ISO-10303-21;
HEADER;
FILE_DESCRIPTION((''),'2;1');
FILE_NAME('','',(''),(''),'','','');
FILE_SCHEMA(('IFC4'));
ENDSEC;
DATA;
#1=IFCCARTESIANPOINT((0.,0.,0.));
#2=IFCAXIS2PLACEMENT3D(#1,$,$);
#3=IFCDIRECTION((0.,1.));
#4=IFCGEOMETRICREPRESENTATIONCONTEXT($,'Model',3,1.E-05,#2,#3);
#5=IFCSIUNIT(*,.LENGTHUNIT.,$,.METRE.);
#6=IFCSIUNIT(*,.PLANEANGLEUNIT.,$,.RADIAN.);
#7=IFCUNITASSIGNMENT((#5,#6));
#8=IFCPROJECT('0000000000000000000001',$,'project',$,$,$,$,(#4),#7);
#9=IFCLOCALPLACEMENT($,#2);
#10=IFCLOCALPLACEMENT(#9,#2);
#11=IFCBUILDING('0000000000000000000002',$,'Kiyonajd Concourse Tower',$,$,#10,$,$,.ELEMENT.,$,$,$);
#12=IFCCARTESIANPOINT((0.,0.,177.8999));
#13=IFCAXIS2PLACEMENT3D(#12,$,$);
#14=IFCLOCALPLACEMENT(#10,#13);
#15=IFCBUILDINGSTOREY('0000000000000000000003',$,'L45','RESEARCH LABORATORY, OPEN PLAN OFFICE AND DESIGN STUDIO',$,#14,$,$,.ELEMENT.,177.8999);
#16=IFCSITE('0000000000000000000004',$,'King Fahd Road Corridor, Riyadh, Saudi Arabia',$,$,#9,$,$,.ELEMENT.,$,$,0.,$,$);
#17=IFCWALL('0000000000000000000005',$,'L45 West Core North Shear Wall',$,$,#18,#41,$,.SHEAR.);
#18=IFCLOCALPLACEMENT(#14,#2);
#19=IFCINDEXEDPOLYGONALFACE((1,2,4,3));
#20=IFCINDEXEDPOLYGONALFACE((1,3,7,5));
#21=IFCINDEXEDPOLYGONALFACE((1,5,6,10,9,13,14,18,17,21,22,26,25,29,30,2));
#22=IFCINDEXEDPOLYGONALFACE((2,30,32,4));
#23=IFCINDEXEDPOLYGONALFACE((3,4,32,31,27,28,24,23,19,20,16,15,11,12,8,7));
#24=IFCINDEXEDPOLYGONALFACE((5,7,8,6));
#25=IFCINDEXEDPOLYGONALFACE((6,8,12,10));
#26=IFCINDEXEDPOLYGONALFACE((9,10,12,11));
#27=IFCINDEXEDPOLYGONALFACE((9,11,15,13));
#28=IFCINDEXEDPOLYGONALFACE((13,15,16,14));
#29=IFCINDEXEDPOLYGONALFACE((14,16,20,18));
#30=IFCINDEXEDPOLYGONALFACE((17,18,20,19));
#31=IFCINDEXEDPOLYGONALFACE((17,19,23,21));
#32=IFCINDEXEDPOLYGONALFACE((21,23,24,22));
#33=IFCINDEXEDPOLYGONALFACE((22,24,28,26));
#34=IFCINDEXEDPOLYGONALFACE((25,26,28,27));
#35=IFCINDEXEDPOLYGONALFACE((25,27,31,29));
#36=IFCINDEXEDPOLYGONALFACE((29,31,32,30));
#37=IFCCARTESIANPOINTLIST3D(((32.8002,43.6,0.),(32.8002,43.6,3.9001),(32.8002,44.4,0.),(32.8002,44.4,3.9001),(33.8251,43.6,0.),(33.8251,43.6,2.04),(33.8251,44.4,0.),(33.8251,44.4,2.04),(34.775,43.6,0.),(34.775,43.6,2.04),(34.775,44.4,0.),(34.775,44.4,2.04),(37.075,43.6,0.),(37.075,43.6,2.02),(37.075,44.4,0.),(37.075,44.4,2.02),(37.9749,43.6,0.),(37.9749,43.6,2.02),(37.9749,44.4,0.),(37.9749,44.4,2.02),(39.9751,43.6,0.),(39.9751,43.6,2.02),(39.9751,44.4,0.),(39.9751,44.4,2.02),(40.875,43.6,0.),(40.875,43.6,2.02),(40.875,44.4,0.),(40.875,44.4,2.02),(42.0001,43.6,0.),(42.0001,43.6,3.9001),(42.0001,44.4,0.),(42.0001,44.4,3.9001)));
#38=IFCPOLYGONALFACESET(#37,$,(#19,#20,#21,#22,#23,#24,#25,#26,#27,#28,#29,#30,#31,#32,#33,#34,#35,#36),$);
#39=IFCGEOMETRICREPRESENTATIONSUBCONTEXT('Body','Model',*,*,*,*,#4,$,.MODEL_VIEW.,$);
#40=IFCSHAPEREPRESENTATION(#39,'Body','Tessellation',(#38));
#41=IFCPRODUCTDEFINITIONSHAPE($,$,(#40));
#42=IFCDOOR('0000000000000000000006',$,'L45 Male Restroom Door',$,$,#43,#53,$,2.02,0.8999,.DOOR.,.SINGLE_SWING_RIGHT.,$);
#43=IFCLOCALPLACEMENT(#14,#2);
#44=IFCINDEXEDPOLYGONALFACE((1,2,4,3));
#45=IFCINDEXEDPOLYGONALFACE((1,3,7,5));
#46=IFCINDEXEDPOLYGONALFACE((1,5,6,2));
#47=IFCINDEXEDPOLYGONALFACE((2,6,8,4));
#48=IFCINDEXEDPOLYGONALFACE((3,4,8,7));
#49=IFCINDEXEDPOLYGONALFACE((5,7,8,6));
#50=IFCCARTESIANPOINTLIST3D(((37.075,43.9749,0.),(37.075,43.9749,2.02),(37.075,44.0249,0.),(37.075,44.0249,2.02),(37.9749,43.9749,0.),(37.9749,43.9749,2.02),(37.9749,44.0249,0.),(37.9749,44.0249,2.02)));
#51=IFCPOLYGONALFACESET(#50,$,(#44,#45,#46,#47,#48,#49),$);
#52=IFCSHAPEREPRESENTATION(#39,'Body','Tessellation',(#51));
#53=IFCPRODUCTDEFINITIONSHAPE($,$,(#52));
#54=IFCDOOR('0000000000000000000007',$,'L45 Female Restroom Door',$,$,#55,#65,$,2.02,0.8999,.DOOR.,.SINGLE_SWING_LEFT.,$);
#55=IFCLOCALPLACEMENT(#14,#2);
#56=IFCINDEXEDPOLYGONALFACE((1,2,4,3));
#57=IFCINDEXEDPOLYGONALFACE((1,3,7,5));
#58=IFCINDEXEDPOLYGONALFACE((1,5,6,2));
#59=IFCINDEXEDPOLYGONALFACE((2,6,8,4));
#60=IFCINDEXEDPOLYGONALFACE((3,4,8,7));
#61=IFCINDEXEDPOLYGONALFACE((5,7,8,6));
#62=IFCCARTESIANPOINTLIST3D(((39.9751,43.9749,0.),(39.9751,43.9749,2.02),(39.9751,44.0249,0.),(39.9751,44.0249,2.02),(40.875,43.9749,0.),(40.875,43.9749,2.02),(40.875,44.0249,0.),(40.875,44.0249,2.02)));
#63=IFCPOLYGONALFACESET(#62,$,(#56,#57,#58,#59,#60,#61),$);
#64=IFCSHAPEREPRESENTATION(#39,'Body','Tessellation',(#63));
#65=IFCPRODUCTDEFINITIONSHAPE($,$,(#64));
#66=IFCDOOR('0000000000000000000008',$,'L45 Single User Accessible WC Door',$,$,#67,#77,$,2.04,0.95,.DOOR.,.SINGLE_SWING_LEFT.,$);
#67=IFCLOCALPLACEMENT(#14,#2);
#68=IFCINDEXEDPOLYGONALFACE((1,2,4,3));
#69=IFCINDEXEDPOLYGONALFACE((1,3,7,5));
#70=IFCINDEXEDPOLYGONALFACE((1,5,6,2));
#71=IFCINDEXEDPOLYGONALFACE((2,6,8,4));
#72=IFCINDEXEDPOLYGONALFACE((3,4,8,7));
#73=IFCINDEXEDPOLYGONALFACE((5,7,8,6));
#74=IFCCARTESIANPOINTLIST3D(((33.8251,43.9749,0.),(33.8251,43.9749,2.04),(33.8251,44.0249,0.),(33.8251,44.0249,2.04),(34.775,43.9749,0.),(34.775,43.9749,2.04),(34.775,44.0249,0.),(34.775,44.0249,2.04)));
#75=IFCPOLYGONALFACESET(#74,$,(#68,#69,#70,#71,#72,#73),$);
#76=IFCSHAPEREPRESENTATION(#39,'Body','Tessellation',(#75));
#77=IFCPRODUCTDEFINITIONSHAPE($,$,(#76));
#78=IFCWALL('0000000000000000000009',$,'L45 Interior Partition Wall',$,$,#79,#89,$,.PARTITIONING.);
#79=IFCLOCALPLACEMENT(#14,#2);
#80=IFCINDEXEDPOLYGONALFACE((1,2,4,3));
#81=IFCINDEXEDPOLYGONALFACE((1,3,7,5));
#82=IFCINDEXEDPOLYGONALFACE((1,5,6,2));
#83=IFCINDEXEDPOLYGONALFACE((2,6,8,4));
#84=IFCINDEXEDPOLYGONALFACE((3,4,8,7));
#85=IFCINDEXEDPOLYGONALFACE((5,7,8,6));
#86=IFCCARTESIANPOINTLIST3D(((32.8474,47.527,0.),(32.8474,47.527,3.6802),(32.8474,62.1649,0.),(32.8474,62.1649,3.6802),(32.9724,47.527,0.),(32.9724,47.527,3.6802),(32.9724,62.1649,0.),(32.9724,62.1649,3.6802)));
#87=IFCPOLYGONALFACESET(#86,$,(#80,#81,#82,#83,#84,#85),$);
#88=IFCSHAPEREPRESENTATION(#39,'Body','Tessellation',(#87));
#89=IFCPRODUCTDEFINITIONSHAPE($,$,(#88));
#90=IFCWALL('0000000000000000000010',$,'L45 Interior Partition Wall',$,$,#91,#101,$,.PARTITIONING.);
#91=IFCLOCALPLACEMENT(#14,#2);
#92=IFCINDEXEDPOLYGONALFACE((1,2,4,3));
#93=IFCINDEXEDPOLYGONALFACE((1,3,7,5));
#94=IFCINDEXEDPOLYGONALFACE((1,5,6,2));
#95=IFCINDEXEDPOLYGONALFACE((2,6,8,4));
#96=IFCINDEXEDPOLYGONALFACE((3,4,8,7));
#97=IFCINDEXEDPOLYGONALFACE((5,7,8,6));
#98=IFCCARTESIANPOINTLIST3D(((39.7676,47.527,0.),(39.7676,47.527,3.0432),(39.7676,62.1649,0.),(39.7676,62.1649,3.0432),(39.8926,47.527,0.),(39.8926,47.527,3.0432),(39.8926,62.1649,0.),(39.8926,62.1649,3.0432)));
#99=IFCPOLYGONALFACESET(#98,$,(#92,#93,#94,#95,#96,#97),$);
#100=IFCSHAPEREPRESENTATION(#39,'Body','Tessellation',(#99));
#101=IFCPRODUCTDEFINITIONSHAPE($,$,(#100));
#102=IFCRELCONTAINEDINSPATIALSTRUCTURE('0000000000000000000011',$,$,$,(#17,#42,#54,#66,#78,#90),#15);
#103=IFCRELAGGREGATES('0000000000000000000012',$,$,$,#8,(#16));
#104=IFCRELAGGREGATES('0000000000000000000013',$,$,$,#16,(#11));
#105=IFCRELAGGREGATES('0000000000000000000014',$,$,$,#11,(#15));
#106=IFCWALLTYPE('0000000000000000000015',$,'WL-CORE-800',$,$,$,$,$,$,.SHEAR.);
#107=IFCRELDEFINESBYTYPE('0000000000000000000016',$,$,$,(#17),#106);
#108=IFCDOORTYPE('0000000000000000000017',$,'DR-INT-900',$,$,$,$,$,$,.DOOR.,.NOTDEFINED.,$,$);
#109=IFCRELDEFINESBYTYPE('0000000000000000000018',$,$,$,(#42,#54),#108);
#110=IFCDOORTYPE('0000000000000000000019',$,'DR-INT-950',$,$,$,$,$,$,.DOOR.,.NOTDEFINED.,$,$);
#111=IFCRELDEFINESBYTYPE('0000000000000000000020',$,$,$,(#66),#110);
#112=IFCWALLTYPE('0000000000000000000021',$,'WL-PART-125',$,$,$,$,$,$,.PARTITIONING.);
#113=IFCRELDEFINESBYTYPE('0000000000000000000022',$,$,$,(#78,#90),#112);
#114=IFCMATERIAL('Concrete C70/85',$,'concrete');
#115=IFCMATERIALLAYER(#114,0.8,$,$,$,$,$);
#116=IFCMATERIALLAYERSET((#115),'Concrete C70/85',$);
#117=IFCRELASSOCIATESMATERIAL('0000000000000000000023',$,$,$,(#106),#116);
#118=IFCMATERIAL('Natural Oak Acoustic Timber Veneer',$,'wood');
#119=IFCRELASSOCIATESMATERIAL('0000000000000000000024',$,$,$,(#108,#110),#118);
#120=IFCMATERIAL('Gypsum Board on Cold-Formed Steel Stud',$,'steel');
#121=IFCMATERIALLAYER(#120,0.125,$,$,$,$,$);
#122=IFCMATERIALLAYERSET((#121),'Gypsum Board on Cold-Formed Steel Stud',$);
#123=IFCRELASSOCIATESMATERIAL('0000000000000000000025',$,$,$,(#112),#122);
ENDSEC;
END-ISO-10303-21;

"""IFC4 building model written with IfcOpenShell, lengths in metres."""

from ifc_helpers import new_model, si_unit, direction, frame, frame_2d, origin, place, context, subcontext, project, spatial, rectangle, extrude, material, layer, layer_set, type_object, element, fill, save


model = new_model("IFC4")

# Units and contexts
model_context = context("Model", 3, precision=1e-05, world=origin(), true_north=direction((0.0, 1.0)))
body_context = subcontext(model_context, "Body", "Model", "MODEL_VIEW")
ifc_project = project(units=[si_unit("LENGTHUNIT", "METRE"), si_unit("PLANEANGLEUNIT", "RADIAN")], contexts=[model_context])

# Site, building, storey
site_placement = place(None, origin())
site = spatial("IfcSite", under=ifc_project, at=site_placement, Name="King Fahd Road Corridor, Riyadh, Saudi Arabia", CompositionType="ELEMENT", RefElevation=0.0)
building_placement = place(site_placement, origin())
building = spatial("IfcBuilding", under=site, at=building_placement, Name="Kiyonajd Concourse Tower", CompositionType="ELEMENT")
storey_placement = place(building_placement, frame((0.0, 0.0, 177.8999)))
storey = spatial("IfcBuildingStorey", under=building, at=storey_placement, Name="L45", Description="RESEARCH LABORATORY, OPEN PLAN OFFICE AND DESIGN STUDIO", CompositionType="ELEMENT", Elevation=177.8999)

# Wall, openings, doors
ifc_material_1 = material(Name="Concrete C70/85", Category="concrete")
ifc_layer_1 = layer(ifc_material_1, 0.8)
ifc_layer_set_1 = layer_set([ifc_layer_1], Name="Concrete C70/85")
wall_type_1 = type_object("IfcWallType", Name="WL-CORE-800", PredefinedType="SHEAR", material=ifc_layer_set_1)
wall_1_placement = place(storey_placement, frame((32.8, 44.0, 0.0), z_axis=(0.0, 0.0, 1.0), x_axis=(1.0, 0.0, 0.0)))
wall_1 = element("IfcWall", 1, at=wall_1_placement, inside=storey, type_object=wall_type_1, Name="L45 West Core North Shear Wall", PredefinedType="SHEAR", context=body_context, shape_type="SweptSolid", body=[
    extrude(rectangle(XDim=9.2, YDim=0.8, at=frame_2d((4.6001, 0.0))), origin(), (0.0, 0.0, 1.0), 3.9001),
])
opening_1_placement = place(wall_1_placement, frame((1.0249, 0.0, 0.0)))
opening_1 = element("IfcOpeningElement", 2, at=opening_1_placement, cuts=wall_1, PredefinedType="OPENING", context=body_context, shape_type="SweptSolid", body=[
    extrude(rectangle(XDim=0.95, YDim=2.04, at=frame_2d((0.4751, 1.02))), frame((0.0, 0.4099, 0.0), z_axis=(0.0, -1.0, 0.0), x_axis=(1.0, 0.0, 0.0)), (0.0, 0.0, 1.0), 0.8201),
])
opening_2_placement = place(wall_1_placement, frame((4.2749, 0.0, 0.0)))
opening_2 = element("IfcOpeningElement", 3, at=opening_2_placement, cuts=wall_1, PredefinedType="OPENING", context=body_context, shape_type="SweptSolid", body=[
    extrude(rectangle(XDim=0.8999, YDim=2.02, at=frame_2d((0.45, 1.01))), frame((0.0, 0.4099, 0.0), z_axis=(0.0, -1.0, 0.0), x_axis=(1.0, 0.0, 0.0)), (0.0, 0.0, 1.0), 0.8201),
])
opening_3_placement = place(wall_1_placement, frame((7.175, 0.0, 0.0)))
opening_3 = element("IfcOpeningElement", 4, at=opening_3_placement, cuts=wall_1, PredefinedType="OPENING", context=body_context, shape_type="SweptSolid", body=[
    extrude(rectangle(XDim=0.8999, YDim=2.02, at=frame_2d((0.45, 1.01))), frame((0.0, 0.4099, 0.0), z_axis=(0.0, -1.0, 0.0), x_axis=(1.0, 0.0, 0.0)), (0.0, 0.0, 1.0), 0.8201),
])
ifc_material_2 = material(Name="Natural Oak Acoustic Timber Veneer", Category="wood")
door_type_1 = type_object("IfcDoorType", Name="DR-INT-900", OperationType="NOTDEFINED", PredefinedType="DOOR", material=ifc_material_2)
door_1_placement = place(opening_2_placement, origin())
door_1 = element("IfcDoor", 5, at=door_1_placement, inside=storey, type_object=door_type_1, Name="L45 Male Restroom Door", OperationType="SINGLE_SWING_RIGHT", OverallHeight=2.02, OverallWidth=0.8999, PredefinedType="DOOR", context=body_context, shape_type="SweptSolid", body=[
    extrude(rectangle(XDim=0.8999, YDim=2.02, at=frame_2d((0.45, 1.01))), frame((0.0, 0.0249, 0.0), z_axis=(0.0, -1.0, 0.0), x_axis=(1.0, 0.0, 0.0)), (0.0, 0.0, 1.0), 0.05),
])
fill(opening_2, door_1)
door_2_placement = place(opening_3_placement, origin())
door_2 = element("IfcDoor", 6, at=door_2_placement, inside=storey, type_object=door_type_1, Name="L45 Female Restroom Door", OperationType="SINGLE_SWING_LEFT", OverallHeight=2.02, OverallWidth=0.8999, PredefinedType="DOOR", context=body_context, shape_type="SweptSolid", body=[
    extrude(rectangle(XDim=0.8999, YDim=2.02, at=frame_2d((0.45, 1.01))), frame((0.0, 0.0249, 0.0), z_axis=(0.0, -1.0, 0.0), x_axis=(1.0, 0.0, 0.0)), (0.0, 0.0, 1.0), 0.05),
])
fill(opening_3, door_2)
door_type_2 = type_object("IfcDoorType", Name="DR-INT-950", OperationType="NOTDEFINED", PredefinedType="DOOR", material=ifc_material_2)
door_3_placement = place(opening_1_placement, origin())
door_3 = element("IfcDoor", 7, at=door_3_placement, inside=storey, type_object=door_type_2, Name="L45 Single User Accessible WC Door", OperationType="SINGLE_SWING_LEFT", OverallHeight=2.04, OverallWidth=0.95, PredefinedType="DOOR", context=body_context, shape_type="SweptSolid", body=[
    extrude(rectangle(XDim=0.95, YDim=2.04, at=frame_2d((0.4751, 1.02))), frame((0.0, 0.0249, 0.0), z_axis=(0.0, -1.0, 0.0), x_axis=(1.0, 0.0, 0.0)), (0.0, 0.0, 1.0), 0.05),
])
fill(opening_1, door_3)

# Walls
ifc_material_3 = material(Name="Gypsum Board on Cold-Formed Steel Stud", Category="steel")
ifc_layer_2 = layer(ifc_material_3, 0.125)
ifc_layer_set_2 = layer_set([ifc_layer_2], Name="Gypsum Board on Cold-Formed Steel Stud")
wall_type_2 = type_object("IfcWallType", Name="WL-PART-125", PredefinedType="PARTITIONING", material=ifc_layer_set_2)
wall_2_placement = place(storey_placement, frame((32.9099, 47.5271, 0.0), z_axis=(0.0, 0.0, 1.0), x_axis=(0.0, 1.0, 0.0)))
element("IfcWall", 8, at=wall_2_placement, inside=storey, type_object=wall_type_2, Name="L45 Interior Partition Wall", PredefinedType="PARTITIONING", context=body_context, shape_type="SweptSolid", body=[
    extrude(rectangle(XDim=14.6379, YDim=0.125, at=frame_2d((7.3188, 0.0))), origin(), (0.0, 0.0, 1.0), 3.6802),
])
wall_3_placement = place(storey_placement, frame((39.8301, 47.5271, 0.0), z_axis=(0.0, 0.0, 1.0), x_axis=(0.0, 1.0, 0.0)))
element("IfcWall", 9, at=wall_3_placement, inside=storey, type_object=wall_type_2, Name="L45 Interior Partition Wall", PredefinedType="PARTITIONING", context=body_context, shape_type="SweptSolid", body=[
    extrude(rectangle(XDim=14.6379, YDim=0.125, at=frame_2d((7.3188, 0.0))), origin(), (0.0, 0.0, 1.0), 3.0432),
])

save(model, "model.ifc")
